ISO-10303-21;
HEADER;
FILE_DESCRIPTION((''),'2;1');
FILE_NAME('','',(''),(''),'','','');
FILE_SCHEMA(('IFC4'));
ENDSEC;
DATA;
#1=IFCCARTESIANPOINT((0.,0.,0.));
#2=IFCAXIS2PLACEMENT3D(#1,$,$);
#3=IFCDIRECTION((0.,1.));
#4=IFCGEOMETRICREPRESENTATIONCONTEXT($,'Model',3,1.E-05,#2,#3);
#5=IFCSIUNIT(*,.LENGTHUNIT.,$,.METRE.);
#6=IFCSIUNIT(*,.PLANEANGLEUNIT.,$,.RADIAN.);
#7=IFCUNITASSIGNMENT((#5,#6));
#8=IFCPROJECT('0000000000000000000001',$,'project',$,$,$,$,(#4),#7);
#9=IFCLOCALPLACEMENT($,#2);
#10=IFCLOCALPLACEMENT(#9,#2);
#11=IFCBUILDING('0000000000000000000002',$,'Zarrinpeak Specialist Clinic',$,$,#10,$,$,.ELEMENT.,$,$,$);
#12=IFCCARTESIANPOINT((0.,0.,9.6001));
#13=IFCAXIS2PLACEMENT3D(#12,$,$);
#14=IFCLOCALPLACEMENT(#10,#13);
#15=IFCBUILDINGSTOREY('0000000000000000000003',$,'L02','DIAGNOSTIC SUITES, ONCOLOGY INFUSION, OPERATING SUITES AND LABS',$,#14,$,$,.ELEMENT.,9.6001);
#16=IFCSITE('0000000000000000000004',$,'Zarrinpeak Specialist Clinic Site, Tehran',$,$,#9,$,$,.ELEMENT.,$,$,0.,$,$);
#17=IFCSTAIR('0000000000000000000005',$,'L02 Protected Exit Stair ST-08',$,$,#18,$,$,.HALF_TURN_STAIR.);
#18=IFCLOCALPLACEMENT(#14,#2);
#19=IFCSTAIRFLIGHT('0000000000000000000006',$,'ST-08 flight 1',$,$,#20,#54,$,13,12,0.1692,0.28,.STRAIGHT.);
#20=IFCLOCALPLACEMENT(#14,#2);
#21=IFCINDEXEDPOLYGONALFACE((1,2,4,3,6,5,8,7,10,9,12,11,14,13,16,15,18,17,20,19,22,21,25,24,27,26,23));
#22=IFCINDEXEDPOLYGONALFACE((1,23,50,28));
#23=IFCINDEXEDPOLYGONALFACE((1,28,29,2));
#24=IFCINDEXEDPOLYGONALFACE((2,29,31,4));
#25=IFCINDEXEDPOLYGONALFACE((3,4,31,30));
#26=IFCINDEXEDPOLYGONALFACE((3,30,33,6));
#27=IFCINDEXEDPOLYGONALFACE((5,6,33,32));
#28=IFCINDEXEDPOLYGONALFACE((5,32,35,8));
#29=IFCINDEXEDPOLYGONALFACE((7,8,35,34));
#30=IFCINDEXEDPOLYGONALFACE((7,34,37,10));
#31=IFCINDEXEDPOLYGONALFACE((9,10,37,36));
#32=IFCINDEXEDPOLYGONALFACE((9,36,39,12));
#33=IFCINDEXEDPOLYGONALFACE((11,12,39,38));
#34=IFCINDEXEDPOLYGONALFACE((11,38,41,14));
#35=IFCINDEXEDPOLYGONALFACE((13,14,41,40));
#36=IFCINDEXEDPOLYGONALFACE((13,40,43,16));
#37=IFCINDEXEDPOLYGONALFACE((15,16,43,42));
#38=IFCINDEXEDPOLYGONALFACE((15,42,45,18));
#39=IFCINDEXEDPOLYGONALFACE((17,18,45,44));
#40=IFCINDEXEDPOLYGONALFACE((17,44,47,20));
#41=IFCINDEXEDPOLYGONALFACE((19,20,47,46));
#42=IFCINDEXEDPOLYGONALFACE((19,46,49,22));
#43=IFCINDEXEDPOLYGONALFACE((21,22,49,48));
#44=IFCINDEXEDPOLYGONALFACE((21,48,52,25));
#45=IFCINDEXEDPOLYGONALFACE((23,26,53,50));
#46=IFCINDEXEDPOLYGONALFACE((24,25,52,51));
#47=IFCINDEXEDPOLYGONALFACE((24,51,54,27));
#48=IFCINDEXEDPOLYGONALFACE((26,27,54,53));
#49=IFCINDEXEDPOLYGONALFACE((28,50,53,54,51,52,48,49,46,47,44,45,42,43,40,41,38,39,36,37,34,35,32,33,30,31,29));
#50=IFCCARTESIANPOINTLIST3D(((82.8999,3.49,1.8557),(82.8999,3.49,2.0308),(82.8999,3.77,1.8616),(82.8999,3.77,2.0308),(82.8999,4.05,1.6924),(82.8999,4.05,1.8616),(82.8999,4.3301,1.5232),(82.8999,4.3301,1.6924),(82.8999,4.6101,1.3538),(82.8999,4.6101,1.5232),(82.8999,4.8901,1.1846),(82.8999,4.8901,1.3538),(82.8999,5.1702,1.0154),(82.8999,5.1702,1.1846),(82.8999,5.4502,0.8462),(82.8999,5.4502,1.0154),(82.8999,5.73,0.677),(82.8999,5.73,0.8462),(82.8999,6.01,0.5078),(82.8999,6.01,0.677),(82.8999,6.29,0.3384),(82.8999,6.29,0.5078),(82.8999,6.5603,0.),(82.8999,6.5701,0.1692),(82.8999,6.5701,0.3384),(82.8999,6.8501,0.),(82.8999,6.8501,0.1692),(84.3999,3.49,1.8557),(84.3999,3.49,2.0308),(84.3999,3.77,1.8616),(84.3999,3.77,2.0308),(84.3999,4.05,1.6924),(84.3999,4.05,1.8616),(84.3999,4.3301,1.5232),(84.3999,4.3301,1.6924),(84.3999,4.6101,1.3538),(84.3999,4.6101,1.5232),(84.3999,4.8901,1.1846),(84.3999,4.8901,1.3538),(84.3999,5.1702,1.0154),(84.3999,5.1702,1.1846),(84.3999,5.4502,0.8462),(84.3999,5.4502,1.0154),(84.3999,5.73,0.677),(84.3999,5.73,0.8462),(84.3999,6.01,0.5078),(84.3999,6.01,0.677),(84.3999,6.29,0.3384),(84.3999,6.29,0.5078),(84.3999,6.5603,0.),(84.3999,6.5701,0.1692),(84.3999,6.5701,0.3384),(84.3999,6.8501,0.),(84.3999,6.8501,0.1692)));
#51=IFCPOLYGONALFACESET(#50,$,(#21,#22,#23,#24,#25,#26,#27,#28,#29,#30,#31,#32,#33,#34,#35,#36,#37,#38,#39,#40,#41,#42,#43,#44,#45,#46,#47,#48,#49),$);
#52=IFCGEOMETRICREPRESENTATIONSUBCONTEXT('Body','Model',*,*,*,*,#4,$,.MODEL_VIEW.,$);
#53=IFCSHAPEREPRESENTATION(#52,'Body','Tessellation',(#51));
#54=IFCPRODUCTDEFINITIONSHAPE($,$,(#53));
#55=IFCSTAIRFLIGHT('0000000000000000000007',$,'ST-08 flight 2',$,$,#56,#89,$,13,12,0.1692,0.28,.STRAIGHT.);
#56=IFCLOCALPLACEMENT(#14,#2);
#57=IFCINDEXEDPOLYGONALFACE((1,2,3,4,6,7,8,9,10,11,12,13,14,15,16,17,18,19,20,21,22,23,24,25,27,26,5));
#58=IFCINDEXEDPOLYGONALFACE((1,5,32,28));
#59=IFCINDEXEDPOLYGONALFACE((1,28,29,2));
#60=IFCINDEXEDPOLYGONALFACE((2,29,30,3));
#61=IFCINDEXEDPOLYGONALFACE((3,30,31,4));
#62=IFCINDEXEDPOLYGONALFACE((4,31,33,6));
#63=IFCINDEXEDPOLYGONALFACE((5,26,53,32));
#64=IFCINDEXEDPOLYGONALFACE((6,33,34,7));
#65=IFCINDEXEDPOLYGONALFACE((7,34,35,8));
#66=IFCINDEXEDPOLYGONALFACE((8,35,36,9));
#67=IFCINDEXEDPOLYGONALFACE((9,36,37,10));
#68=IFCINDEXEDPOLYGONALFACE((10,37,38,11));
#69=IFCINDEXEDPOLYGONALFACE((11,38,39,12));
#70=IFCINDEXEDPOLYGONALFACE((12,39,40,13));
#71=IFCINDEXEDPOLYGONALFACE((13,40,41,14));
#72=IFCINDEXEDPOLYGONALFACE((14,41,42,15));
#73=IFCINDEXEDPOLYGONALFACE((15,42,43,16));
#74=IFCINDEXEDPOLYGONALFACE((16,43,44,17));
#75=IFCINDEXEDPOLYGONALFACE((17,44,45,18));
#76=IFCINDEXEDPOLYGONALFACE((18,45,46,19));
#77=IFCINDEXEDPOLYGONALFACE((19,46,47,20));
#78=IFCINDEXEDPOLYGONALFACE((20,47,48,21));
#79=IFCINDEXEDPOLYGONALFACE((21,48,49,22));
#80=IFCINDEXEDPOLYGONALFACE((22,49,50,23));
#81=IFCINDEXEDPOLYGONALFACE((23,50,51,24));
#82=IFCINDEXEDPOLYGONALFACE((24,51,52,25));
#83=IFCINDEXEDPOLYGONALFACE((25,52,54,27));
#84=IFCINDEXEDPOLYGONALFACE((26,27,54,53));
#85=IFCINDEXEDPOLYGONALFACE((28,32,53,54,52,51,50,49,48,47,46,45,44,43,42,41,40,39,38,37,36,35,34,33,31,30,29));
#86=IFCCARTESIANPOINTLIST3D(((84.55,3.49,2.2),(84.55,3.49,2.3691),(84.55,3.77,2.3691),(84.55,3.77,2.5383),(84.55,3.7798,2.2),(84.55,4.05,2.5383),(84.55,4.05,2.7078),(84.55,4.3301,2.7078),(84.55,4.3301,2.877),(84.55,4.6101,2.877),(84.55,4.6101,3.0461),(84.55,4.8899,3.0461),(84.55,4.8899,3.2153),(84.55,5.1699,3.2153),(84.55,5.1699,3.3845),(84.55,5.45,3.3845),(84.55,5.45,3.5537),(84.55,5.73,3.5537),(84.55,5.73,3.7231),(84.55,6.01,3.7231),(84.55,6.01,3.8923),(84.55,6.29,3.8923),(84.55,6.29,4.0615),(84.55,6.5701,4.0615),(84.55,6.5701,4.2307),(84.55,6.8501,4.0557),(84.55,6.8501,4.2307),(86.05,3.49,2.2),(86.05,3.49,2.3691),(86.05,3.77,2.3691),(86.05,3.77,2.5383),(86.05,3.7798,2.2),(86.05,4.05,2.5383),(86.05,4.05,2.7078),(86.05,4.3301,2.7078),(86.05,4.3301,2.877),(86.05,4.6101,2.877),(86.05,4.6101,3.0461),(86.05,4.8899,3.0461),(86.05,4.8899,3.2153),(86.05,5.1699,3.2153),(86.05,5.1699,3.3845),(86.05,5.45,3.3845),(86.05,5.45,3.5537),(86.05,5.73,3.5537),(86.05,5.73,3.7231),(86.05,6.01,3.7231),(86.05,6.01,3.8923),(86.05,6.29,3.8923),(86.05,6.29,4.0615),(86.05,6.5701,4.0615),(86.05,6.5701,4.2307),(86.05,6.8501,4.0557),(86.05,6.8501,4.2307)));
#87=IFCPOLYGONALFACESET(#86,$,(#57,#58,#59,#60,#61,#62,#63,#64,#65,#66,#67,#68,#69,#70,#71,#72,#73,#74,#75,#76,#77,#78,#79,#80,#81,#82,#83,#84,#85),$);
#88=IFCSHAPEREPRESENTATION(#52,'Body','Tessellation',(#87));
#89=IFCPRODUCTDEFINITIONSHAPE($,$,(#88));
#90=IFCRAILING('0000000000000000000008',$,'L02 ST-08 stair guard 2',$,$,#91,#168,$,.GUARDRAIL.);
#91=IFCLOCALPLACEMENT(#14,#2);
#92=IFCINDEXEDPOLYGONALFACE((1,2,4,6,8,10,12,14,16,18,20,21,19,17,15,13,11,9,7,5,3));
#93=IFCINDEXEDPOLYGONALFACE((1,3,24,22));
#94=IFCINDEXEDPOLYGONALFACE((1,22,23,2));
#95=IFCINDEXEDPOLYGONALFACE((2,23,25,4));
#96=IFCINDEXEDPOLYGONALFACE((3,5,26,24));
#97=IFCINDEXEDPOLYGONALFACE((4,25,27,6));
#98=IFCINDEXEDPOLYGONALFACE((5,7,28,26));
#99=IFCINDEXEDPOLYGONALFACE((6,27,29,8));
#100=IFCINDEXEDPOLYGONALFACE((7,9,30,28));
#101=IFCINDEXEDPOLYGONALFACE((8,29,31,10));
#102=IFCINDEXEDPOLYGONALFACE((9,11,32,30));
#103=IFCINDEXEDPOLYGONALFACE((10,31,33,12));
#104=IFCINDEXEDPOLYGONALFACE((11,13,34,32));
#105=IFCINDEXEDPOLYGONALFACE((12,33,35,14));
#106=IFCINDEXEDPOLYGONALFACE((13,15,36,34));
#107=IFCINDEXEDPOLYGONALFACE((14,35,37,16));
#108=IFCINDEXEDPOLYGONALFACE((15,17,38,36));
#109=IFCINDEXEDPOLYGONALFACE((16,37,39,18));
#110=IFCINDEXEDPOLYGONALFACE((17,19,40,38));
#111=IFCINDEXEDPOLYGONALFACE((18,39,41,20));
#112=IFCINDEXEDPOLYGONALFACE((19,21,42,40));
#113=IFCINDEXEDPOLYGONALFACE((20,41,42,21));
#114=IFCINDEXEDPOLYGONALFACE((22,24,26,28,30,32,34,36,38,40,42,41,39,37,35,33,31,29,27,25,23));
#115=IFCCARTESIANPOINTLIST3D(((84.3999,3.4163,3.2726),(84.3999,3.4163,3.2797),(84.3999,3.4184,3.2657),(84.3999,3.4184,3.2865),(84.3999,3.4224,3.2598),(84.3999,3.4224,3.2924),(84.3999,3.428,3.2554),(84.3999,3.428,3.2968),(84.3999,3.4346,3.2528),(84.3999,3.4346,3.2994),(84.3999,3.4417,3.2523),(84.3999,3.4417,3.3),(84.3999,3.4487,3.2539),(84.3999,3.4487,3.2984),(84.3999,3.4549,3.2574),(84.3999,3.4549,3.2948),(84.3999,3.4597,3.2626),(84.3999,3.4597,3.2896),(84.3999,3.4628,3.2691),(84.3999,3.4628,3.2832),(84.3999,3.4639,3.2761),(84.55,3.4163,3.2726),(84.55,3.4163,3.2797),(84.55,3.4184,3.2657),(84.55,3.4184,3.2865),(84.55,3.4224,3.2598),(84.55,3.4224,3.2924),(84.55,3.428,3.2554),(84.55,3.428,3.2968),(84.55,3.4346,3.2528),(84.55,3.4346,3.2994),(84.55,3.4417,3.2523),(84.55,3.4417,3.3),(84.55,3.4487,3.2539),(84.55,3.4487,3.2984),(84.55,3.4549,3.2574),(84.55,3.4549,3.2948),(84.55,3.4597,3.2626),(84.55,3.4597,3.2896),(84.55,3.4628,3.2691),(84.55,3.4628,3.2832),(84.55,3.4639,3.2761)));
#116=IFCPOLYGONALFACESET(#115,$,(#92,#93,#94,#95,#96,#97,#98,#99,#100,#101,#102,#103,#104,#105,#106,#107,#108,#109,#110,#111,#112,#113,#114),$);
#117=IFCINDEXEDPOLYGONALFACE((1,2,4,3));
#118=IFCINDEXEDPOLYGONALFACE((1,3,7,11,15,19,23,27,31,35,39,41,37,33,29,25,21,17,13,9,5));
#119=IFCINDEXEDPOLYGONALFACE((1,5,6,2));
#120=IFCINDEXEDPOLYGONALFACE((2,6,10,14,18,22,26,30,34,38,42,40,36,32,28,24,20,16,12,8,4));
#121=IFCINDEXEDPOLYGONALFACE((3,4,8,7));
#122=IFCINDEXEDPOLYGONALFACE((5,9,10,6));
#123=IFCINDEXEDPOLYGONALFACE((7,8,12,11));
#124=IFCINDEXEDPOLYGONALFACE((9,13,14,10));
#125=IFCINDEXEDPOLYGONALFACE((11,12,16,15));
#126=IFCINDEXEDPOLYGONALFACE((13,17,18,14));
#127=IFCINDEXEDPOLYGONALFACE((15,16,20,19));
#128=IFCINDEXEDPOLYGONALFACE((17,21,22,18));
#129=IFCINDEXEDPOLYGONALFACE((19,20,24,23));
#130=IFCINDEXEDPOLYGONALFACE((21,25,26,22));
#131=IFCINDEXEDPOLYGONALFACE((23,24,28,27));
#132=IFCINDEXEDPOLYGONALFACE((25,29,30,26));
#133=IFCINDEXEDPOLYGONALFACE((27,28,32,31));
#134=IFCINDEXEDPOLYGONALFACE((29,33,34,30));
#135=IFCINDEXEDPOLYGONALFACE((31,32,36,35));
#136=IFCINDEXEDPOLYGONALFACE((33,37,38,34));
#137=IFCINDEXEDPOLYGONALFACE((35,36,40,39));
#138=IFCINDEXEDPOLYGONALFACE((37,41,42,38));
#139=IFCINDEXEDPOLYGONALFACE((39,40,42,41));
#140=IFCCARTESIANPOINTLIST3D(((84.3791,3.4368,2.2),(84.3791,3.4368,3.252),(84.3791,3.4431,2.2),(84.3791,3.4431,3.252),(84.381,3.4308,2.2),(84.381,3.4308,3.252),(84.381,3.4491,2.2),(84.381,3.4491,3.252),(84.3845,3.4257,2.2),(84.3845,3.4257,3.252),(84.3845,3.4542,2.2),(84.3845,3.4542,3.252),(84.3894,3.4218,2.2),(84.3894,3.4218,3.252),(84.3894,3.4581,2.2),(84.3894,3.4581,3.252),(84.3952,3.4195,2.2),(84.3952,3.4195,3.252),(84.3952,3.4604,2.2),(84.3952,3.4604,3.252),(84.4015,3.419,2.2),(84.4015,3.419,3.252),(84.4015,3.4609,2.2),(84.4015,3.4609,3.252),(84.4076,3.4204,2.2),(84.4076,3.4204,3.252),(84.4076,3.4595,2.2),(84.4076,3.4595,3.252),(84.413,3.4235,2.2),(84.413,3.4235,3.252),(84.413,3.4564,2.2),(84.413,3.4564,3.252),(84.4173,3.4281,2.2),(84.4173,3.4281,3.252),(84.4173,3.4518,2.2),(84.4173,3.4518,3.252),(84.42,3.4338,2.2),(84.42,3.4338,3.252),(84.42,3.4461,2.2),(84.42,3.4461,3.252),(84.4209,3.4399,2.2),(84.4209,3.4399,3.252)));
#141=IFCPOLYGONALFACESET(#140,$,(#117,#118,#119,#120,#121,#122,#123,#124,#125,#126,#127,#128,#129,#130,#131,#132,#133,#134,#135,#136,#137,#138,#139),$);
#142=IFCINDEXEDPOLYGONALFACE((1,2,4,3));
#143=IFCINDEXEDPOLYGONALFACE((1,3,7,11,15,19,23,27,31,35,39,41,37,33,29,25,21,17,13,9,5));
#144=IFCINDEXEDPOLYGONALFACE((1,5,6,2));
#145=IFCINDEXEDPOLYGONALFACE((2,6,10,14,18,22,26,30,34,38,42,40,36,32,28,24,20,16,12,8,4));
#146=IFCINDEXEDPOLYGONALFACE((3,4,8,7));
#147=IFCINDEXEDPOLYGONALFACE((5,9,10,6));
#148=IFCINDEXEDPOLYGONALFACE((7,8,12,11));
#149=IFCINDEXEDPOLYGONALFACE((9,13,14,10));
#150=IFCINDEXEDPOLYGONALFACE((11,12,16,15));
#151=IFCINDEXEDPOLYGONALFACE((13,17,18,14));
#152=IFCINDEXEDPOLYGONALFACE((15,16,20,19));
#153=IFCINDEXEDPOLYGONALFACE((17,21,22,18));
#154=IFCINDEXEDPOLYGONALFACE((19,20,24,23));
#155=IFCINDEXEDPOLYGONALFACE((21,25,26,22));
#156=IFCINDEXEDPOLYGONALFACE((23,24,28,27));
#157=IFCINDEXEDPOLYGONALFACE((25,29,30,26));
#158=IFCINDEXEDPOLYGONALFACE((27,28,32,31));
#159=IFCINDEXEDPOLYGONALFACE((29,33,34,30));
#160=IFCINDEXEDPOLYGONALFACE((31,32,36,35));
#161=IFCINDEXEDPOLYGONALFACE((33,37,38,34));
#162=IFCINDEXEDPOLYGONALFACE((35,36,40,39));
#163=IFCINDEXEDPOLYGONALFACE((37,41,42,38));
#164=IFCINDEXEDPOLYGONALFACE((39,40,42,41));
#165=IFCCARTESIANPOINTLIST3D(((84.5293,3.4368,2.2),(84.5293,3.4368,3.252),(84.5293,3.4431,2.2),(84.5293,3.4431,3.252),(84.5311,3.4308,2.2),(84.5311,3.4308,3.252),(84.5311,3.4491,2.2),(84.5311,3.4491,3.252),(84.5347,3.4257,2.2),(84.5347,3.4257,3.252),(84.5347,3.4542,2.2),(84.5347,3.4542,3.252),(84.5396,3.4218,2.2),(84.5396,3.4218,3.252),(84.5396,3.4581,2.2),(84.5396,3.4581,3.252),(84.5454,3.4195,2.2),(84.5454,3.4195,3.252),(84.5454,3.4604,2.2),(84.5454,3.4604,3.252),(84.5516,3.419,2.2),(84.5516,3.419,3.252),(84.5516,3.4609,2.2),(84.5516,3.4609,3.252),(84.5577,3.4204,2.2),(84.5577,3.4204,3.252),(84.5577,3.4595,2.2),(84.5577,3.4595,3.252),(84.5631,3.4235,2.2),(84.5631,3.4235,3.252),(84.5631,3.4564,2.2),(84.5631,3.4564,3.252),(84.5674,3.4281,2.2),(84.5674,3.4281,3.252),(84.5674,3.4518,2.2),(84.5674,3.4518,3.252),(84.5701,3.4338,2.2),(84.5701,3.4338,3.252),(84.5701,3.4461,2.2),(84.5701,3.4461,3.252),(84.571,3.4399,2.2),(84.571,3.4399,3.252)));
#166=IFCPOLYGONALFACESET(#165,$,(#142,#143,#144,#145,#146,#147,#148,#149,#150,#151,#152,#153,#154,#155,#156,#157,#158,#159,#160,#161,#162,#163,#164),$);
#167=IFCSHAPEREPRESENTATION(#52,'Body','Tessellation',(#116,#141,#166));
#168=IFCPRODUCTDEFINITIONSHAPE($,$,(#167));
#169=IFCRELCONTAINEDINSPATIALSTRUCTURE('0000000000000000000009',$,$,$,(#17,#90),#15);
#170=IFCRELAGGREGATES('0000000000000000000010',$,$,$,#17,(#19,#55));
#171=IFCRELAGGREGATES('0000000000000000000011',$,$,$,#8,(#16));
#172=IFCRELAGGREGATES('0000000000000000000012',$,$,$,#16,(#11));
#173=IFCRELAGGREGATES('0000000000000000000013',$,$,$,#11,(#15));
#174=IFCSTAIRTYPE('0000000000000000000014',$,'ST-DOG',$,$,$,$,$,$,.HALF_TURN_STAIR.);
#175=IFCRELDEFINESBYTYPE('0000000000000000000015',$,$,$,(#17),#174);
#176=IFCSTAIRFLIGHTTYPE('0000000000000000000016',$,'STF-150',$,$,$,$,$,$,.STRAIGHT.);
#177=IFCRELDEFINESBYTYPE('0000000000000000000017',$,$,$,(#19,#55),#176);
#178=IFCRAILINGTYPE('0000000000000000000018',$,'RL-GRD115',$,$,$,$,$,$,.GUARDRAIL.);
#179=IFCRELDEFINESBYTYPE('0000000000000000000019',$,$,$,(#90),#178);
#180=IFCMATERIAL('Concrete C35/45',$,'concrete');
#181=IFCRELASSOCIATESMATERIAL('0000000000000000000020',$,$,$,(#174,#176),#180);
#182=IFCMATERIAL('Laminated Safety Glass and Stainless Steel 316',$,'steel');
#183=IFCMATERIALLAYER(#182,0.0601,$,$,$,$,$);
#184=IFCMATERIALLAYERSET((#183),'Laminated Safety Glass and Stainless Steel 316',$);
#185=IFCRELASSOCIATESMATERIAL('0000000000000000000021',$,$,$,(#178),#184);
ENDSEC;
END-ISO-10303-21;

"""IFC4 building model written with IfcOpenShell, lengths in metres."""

from ifc_helpers import new_model, si_unit, direction, frame, origin, origin_2d, place, context, subcontext, project, spatial, polyline, circle, outline, extrude, material, layer, layer_set, type_object, element, aggregate, save


model = new_model("IFC4")

# Units and contexts
model_context = context("Model", 3, precision=1e-05, world=origin(), true_north=direction((0.0, 1.0)))
body_context = subcontext(model_context, "Body", "Model", "MODEL_VIEW")
ifc_project = project(units=[si_unit("LENGTHUNIT", "METRE"), si_unit("PLANEANGLEUNIT", "RADIAN")], contexts=[model_context])

# Site, building, storey
site_placement = place(None, origin())
site = spatial("IfcSite", under=ifc_project, at=site_placement, Name="Zarrinpeak Specialist Clinic Site, Tehran", CompositionType="ELEMENT", RefElevation=0.0)
building_placement = place(site_placement, origin())
building = spatial("IfcBuilding", under=site, at=building_placement, Name="Zarrinpeak Specialist Clinic", CompositionType="ELEMENT")
storey_placement = place(building_placement, frame((0.0, 0.0, 9.6001)))
storey = spatial("IfcBuildingStorey", under=building, at=storey_placement, Name="L02", Description="DIAGNOSTIC SUITES, ONCOLOGY INFUSION, OPERATING SUITES AND LABS", CompositionType="ELEMENT", Elevation=9.6001)

# Stair, stair flights
ifc_material_1 = material(Name="Concrete C35/45", Category="concrete")
stair_type = type_object("IfcStairType", Name="ST-DOG", PredefinedType="HALF_TURN_STAIR", material=ifc_material_1)
stair_placement = place(storey_placement, origin())
stair = element("IfcStair", 1, at=stair_placement, inside=storey, type_object=stair_type, Name="L02 Protected Exit Stair ST-08", PredefinedType="HALF_TURN_STAIR")
stair_flight_type = type_object("IfcStairFlightType", Name="STF-150", PredefinedType="STRAIGHT", material=ifc_material_1)
stair_flight_1_placement = place(storey_placement, frame((83.6499, 6.8501, 0.0), z_axis=(0.0, 0.0, 1.0), x_axis=(0.0, -1.0, 0.0)))
stair_flight_1 = element("IfcStairFlight", 2, at=stair_flight_1_placement, type_object=stair_flight_type, Name="ST-08 flight 1", NumberOfRisers=13, NumberOfTreads=12, PredefinedType="STRAIGHT", RiserHeight=0.1692, TreadLength=0.28, context=body_context, shape_type="SweptSolid", body=[
    extrude(outline(polyline([(0.0, 0.0), (0.0, 0.1692), (0.28, 0.1692), (0.28, 0.3384), (0.5601, 0.3384), (0.5601, 0.5078), (0.8401, 0.5078), (0.8401, 0.677), (1.1201, 0.677), (1.1201, 0.8462), (1.3999, 0.8462), (1.3999, 1.0154), (1.6799, 1.0154), (1.6799, 1.1846), (1.96, 1.1846), (1.96, 1.3538), (2.24, 1.3538), (2.24, 1.5232), (2.52, 1.5232), (2.52, 1.6924), (2.8, 1.6924), (2.8, 1.8616), (3.0801, 1.8616), (3.0801, 2.0308), (3.3601, 2.0308), (3.3601, 2.2), (3.3601, 1.8557), (0.2898, 0.0), (0.0, 0.0)])), frame((0.0, 0.75, 0.0), z_axis=(0.0, -1.0, 0.0), x_axis=(1.0, 0.0, 0.0)), (0.0, 0.0, 1.0), 1.5),
])
stair_flight_2_placement = place(storey_placement, frame((85.3, 3.49, 2.2), z_axis=(0.0, 0.0, 1.0), x_axis=(0.0, 1.0, 0.0)))
stair_flight_2 = element("IfcStairFlight", 3, at=stair_flight_2_placement, type_object=stair_flight_type, Name="ST-08 flight 2", NumberOfRisers=13, NumberOfTreads=12, PredefinedType="STRAIGHT", RiserHeight=0.1692, TreadLength=0.28, context=body_context, shape_type="SweptSolid", body=[
    extrude(outline(polyline([(0.0, 0.0), (0.0, 0.1692), (0.28, 0.1692), (0.28, 0.3384), (0.5601, 0.3384), (0.5601, 0.5078), (0.8401, 0.5078), (0.8401, 0.677), (1.1201, 0.677), (1.1201, 0.8462), (1.3999, 0.8462), (1.3999, 1.0154), (1.6799, 1.0154), (1.6799, 1.1846), (1.96, 1.1846), (1.96, 1.3538), (2.24, 1.3538), (2.24, 1.5232), (2.52, 1.5232), (2.52, 1.6924), (2.8, 1.6924), (2.8, 1.8616), (3.0801, 1.8616), (3.0801, 2.0308), (3.3601, 2.0308), (3.3601, 2.2), (3.3601, 1.8557), (0.2898, 0.0), (0.0, 0.0)])), frame((0.0, 0.75, 0.0), z_axis=(0.0, -1.0, 0.0), x_axis=(1.0, 0.0, 0.0)), (0.0, 0.0, 1.0), 1.5),
])
aggregate(stair, [stair_flight_1, stair_flight_2])

# Railing
ifc_material_2 = material(Name="Laminated Safety Glass and Stainless Steel 316", Category="steel")
ifc_layer_1 = layer(ifc_material_2, 0.0601)
ifc_layer_set_1 = layer_set([ifc_layer_1], Name="Laminated Safety Glass and Stainless Steel 316")
railing_type_1 = type_object("IfcRailingType", Name="RL-GRD115", PredefinedType="GUARDRAIL", material=ifc_layer_set_1)
railing_1_placement = place(storey_placement, frame((84.3999, 3.4399, 2.2)))
element("IfcRailing", 4, at=railing_1_placement, inside=storey, type_object=railing_type_1, Name="L02 ST-08 stair guard 2", PredefinedType="GUARDRAIL", context=body_context, shape_type="SweptSolid", body=[
    extrude(circle(Radius=0.0239, at=origin_2d()), frame((0.0, 0.0, 1.0762), z_axis=(1.0, 0.0, 0.0), x_axis=(0.0, 1.0, 0.0)), (0.0, 0.0, 1.0), 0.1501),
    extrude(circle(Radius=0.021, at=origin_2d()), origin(), (0.0, 0.0, 1.0), 1.052),
    extrude(circle(Radius=0.021, at=origin_2d()), frame((0.1501, 0.0, 0.0)), (0.0, 0.0, 1.0), 1.052),
])

save(model, "model.ifc")
